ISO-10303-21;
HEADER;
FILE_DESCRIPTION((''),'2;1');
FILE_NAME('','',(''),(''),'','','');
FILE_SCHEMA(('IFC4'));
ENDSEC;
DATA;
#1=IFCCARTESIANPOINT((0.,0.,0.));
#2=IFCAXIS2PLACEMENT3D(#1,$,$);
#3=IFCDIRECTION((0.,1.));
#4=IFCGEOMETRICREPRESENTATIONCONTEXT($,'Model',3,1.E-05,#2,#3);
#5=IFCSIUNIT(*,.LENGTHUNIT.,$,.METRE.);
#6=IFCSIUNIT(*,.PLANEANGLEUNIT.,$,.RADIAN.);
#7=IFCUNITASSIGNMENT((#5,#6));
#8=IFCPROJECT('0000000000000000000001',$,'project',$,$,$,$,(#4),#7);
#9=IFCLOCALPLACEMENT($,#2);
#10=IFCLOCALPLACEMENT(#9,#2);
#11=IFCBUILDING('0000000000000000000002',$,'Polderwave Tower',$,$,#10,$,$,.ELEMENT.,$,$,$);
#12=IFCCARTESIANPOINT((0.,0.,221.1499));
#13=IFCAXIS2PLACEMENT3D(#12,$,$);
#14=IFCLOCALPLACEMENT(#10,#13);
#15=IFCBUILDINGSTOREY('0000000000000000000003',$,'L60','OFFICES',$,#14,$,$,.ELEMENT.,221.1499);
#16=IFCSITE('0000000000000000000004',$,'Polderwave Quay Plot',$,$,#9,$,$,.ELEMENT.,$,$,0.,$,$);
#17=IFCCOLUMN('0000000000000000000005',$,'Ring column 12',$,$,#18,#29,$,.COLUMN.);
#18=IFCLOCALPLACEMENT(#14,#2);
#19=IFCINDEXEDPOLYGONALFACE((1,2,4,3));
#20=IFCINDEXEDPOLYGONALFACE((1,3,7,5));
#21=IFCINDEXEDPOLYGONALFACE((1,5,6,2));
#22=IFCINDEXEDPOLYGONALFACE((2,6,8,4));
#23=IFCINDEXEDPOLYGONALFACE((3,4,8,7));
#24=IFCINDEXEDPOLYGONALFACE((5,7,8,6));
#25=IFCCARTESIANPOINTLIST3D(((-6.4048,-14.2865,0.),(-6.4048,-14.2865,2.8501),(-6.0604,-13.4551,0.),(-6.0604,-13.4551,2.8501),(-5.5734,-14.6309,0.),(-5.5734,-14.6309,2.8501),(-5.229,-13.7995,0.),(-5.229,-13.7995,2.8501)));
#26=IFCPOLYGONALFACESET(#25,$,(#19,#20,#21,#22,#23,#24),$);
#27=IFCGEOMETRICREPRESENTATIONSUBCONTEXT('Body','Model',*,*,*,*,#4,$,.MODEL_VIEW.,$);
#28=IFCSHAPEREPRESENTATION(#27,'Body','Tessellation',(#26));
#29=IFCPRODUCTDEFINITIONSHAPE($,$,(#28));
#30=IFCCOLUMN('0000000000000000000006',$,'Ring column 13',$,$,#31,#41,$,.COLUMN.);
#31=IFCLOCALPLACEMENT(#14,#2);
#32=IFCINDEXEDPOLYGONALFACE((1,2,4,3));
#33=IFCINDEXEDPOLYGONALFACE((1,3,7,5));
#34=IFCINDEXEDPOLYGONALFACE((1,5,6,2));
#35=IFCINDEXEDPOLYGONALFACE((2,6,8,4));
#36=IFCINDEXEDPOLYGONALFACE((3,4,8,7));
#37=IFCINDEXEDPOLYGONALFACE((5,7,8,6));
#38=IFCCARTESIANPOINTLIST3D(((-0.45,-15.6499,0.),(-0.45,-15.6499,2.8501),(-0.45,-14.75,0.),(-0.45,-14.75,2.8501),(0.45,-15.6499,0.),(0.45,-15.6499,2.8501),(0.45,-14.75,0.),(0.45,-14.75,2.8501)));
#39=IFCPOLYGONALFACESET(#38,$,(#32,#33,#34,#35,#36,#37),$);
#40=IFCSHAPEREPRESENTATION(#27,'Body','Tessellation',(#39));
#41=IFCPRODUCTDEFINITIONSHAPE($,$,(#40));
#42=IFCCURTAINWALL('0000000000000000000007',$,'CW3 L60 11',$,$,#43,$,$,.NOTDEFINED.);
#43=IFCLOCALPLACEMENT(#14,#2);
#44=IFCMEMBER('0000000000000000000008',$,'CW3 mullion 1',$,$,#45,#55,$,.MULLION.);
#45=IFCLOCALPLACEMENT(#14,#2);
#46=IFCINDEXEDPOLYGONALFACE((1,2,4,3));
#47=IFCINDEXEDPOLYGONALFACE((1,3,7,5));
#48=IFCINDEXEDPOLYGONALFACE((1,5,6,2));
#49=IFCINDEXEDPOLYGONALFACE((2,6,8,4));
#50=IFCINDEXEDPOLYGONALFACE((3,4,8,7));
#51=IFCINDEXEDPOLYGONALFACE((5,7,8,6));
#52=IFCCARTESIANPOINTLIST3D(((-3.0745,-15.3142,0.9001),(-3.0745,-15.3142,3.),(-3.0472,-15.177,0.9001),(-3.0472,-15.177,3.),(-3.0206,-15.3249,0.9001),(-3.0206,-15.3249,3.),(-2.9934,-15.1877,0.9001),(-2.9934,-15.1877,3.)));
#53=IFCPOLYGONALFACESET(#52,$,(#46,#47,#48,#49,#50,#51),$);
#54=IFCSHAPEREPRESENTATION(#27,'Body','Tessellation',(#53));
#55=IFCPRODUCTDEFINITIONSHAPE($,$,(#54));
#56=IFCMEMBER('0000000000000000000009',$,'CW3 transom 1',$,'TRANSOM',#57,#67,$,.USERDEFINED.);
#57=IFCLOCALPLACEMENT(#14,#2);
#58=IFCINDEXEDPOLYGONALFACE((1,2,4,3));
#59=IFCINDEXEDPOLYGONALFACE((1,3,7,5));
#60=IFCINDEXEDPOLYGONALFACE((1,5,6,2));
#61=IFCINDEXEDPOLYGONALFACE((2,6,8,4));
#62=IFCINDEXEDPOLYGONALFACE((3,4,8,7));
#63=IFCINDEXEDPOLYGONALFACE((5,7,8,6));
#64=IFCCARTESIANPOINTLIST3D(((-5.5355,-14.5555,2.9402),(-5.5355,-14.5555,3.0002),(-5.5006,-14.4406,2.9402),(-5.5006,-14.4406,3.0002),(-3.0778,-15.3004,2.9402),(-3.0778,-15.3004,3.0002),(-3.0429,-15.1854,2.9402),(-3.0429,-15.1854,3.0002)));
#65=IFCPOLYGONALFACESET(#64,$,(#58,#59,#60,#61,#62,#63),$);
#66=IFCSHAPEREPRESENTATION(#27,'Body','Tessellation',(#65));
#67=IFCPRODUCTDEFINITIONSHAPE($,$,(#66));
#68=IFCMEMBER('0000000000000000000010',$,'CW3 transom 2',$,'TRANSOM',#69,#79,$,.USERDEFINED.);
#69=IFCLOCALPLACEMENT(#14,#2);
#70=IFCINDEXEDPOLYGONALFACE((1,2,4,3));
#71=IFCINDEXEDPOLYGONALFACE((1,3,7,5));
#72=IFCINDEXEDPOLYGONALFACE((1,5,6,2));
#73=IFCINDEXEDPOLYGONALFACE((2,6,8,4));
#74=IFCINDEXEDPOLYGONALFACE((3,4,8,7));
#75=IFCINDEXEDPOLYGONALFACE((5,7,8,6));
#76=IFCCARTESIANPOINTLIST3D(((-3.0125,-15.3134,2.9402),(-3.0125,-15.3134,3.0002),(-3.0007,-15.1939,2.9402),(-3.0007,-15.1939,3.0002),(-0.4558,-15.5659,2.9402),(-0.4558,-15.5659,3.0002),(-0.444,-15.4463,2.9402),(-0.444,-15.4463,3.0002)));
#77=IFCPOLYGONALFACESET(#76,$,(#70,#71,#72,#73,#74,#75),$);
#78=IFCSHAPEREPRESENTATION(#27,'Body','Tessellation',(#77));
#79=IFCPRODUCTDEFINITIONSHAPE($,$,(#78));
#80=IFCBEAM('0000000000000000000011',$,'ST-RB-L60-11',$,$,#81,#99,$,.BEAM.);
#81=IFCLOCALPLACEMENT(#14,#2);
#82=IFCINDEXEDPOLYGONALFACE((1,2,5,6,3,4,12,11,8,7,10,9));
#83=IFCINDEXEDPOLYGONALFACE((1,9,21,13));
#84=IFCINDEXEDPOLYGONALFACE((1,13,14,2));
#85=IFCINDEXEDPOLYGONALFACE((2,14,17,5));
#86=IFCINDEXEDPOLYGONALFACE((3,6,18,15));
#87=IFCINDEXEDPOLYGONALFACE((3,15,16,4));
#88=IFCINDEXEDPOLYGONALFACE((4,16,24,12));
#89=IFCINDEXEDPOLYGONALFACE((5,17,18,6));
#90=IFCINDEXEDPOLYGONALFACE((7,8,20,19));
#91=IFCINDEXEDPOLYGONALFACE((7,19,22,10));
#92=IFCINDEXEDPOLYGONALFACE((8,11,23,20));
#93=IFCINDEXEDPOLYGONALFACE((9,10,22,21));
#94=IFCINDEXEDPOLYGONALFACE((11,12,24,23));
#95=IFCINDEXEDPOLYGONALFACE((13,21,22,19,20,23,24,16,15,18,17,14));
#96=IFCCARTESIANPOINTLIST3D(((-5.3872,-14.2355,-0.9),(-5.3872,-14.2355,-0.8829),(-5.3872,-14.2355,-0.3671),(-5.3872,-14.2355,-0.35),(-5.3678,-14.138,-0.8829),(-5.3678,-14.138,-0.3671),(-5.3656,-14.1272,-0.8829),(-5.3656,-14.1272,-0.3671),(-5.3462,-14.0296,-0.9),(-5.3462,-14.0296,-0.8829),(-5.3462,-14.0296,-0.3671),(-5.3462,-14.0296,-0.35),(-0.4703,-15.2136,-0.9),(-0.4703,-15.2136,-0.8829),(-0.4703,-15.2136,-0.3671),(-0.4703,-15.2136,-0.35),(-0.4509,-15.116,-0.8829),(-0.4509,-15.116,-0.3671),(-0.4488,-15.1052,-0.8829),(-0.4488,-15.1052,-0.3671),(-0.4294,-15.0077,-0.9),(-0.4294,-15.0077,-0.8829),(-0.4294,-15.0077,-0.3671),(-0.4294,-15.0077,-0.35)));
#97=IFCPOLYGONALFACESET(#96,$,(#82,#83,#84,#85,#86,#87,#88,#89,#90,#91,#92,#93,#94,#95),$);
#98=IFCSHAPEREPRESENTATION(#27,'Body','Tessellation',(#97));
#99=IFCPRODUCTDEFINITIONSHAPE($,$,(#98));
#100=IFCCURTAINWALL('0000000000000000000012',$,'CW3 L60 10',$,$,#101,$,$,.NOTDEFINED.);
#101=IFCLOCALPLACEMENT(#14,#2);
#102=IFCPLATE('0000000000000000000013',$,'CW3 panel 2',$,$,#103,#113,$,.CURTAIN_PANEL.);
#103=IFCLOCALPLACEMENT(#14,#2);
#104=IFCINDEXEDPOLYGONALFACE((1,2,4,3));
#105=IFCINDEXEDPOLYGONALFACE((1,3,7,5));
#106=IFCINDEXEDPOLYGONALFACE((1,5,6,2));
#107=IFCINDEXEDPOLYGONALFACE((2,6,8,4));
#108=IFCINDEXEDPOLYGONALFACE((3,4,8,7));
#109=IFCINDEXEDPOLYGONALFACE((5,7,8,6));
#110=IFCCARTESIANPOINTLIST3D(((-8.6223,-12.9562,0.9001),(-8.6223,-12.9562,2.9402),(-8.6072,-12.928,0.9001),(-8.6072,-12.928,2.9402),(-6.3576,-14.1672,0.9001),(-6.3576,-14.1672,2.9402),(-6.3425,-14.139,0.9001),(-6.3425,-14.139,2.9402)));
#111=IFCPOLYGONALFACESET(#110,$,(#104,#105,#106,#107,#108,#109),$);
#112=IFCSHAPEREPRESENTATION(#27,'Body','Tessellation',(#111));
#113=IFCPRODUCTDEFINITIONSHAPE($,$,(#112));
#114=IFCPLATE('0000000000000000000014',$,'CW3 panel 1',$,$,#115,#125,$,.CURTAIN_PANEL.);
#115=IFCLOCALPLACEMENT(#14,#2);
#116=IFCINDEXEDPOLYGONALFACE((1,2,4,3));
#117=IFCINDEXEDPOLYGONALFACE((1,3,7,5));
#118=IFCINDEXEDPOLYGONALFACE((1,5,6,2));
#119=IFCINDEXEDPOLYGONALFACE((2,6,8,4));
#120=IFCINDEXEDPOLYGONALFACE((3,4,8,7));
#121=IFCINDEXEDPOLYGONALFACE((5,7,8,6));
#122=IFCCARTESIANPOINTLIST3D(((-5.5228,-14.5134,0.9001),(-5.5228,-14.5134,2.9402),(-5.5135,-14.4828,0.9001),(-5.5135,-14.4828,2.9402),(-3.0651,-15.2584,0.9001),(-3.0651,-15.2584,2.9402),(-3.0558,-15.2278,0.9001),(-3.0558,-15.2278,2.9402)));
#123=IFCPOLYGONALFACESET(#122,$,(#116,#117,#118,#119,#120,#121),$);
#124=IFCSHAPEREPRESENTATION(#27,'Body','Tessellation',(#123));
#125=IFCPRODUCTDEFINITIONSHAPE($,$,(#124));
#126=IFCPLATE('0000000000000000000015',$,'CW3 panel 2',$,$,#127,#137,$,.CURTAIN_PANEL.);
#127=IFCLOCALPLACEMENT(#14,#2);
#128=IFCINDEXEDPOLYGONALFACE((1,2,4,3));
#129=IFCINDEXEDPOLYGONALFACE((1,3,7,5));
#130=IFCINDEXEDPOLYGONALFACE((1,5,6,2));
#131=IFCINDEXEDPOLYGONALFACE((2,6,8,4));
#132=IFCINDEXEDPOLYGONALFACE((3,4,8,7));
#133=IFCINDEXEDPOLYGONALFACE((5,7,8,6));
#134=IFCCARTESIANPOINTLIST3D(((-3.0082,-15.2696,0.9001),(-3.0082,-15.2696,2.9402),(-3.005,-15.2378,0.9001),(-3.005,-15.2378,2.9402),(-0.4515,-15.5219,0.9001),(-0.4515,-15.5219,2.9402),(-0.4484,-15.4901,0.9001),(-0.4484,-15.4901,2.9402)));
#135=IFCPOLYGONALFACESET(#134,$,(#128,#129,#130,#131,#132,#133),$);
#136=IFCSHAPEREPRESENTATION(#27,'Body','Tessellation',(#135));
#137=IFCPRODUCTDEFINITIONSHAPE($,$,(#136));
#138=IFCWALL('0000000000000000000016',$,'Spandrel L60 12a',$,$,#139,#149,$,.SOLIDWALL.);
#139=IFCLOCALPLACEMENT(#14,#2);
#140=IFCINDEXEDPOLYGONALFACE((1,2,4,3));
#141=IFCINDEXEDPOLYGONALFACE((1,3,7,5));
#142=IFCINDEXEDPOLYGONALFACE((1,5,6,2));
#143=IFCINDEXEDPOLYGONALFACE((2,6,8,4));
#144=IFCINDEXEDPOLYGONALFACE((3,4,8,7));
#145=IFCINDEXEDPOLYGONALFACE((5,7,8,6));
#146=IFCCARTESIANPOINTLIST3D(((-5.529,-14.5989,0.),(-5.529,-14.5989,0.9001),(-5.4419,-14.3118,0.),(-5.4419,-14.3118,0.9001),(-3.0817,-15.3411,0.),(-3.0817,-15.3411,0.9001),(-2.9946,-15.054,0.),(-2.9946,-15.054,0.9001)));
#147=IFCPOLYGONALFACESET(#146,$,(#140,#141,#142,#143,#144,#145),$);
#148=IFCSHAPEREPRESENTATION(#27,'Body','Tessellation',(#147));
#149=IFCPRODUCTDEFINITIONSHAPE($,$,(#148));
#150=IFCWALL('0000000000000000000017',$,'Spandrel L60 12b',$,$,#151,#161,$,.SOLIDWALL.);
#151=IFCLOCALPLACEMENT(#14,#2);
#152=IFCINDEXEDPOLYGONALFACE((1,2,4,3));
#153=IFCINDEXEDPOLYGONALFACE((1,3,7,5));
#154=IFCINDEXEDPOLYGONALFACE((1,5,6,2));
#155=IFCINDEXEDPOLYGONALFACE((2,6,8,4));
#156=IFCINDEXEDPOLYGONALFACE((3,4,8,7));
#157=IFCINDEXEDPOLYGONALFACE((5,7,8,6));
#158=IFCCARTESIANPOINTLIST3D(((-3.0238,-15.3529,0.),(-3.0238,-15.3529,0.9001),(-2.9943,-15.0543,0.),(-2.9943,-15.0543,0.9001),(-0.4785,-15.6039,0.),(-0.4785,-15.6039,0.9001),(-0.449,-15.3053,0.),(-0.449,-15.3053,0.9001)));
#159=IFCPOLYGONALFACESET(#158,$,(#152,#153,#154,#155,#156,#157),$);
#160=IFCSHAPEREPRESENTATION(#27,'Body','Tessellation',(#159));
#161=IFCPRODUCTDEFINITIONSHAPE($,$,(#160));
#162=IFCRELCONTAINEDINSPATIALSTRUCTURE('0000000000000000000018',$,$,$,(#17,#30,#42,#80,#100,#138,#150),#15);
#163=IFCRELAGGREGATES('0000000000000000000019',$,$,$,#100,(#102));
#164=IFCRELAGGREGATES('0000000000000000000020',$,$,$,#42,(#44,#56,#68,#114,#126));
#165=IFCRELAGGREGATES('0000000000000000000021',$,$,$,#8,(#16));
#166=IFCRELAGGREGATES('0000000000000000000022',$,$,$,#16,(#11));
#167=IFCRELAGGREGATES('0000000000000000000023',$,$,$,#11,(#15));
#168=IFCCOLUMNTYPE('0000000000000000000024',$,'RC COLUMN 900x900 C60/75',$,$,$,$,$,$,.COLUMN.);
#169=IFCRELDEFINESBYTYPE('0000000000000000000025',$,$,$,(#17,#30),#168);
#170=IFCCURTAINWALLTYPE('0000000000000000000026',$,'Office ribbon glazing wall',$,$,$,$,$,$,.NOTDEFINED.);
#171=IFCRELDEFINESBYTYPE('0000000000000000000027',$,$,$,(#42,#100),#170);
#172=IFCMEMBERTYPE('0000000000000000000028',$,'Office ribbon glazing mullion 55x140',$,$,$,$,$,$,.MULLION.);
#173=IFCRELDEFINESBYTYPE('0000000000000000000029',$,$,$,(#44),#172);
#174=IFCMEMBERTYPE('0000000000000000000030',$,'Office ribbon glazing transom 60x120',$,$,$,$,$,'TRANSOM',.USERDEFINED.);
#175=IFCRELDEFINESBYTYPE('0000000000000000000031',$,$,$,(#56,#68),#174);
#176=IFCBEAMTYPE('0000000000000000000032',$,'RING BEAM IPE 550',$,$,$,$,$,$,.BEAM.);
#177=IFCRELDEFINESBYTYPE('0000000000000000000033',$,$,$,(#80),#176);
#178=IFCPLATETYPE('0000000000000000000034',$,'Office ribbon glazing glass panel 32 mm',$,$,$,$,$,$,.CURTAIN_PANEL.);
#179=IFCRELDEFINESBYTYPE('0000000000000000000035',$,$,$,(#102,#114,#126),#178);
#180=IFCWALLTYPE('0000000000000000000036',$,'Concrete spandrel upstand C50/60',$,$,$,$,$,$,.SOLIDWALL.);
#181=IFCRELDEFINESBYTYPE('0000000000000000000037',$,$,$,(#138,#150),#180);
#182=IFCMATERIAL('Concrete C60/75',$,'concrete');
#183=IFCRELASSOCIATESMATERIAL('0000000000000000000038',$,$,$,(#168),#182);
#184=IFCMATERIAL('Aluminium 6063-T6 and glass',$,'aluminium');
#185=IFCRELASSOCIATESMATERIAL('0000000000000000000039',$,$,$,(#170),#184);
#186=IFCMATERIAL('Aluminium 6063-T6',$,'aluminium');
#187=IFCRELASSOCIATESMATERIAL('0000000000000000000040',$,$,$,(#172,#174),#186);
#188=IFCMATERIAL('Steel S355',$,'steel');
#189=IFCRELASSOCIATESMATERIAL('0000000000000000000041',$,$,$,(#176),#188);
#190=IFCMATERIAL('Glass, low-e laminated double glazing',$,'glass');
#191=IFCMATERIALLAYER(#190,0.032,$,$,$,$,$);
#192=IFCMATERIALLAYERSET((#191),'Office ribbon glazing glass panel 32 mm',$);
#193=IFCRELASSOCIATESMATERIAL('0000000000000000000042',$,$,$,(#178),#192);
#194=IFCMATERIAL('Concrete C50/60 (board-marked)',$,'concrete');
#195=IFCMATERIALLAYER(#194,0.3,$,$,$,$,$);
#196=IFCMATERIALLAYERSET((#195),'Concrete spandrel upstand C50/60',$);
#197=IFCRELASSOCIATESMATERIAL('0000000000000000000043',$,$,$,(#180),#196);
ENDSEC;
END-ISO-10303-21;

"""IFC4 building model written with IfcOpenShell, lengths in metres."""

from ifc_helpers import new_model, si_unit, direction, frame, frame_2d, origin, origin_2d, place, context, subcontext, project, spatial, rectangle, i_section, extrude, material, layer, layer_set, material_profile, profile_set, type_object, element, aggregate, save


model = new_model("IFC4")

# Units and contexts
model_context = context("Model", 3, precision=1e-05, world=origin(), true_north=direction((0.0, 1.0)))
body_context = subcontext(model_context, "Body", "Model", "MODEL_VIEW")
ifc_project = project(units=[si_unit("LENGTHUNIT", "METRE"), si_unit("PLANEANGLEUNIT", "RADIAN")], contexts=[model_context])

# Site, building, storey
site_placement = place(None, origin())
site = spatial("IfcSite", under=ifc_project, at=site_placement, Name="Polderwave Quay Plot", CompositionType="ELEMENT", RefElevation=0.0)
building_placement = place(site_placement, origin())
building = spatial("IfcBuilding", under=site, at=building_placement, Name="Polderwave Tower", CompositionType="ELEMENT")
storey_placement = place(building_placement, frame((0.0, 0.0, 221.1499)))
storey = spatial("IfcBuildingStorey", under=building, at=storey_placement, Name="L60", Description="OFFICES", CompositionType="ELEMENT", Elevation=221.1499)

# Columns
ifc_material_1 = material(Name="Concrete C60/75", Category="concrete")
ifc_material_profile_1 = material_profile(ifc_material_1, rectangle(XDim=0.8999, YDim=0.8999, at=origin_2d()), Name="RC 900x900")
ifc_profile_set_1 = profile_set([ifc_material_profile_1], Name="Concrete C60/75")
column_type = type_object("IfcColumnType", Name="RC COLUMN 900x900 C60/75", PredefinedType="COLUMN", material=ifc_profile_set_1)
for number, where, z_axis, x_axis, name in (
    (1, (-5.8169, -14.043, 0.0), (0.0, 0.0, 1.0), (-0.382683, -0.92388, 0.0), "Ring column 12"),
    (2, (0.0, -15.2, 0.0), (0.0, 0.0, 1.0), (0.0, -1.0, 0.0), "Ring column 13"),
):
    element("IfcColumn", number, at=place(storey_placement, frame(where, z_axis=z_axis, x_axis=x_axis)), inside=storey, type_object=column_type, Name=name, PredefinedType="COLUMN", context=body_context, shape_type="SweptSolid", body=[
        extrude(rectangle(XDim=0.8999, YDim=0.8999, at=origin_2d()), origin(), (0.0, 0.0, 1.0), 2.8501),
    ])

# Curtain wall, members
ifc_material_2 = material(Name="Aluminium 6063-T6 and glass", Category="aluminium")
curtain_wall_type = type_object("IfcCurtainWallType", Name="Office ribbon glazing wall", PredefinedType="NOTDEFINED", material=ifc_material_2)
curtain_wall_1_placement = place(storey_placement, origin())
curtain_wall_1 = element("IfcCurtainWall", 3, at=curtain_wall_1_placement, inside=storey, type_object=curtain_wall_type, Name="CW3 L60 11", PredefinedType="NOTDEFINED")
ifc_material_3 = material(Name="Aluminium 6063-T6", Category="aluminium")
ifc_material_profile_2 = material_profile(ifc_material_3, rectangle(XDim=0.1399, YDim=0.0549, at=origin_2d()), Name="AL 55x140")
ifc_profile_set_2 = profile_set([ifc_material_profile_2], Name="Aluminium 6063-T6")
member_type_1 = type_object("IfcMemberType", Name="Office ribbon glazing mullion 55x140", PredefinedType="MULLION", material=ifc_profile_set_2)
member_1_placement = place(storey_placement, frame((-3.0339, -15.251, 0.9001), z_axis=(0.0, 0.0, 1.0), x_axis=(0.195092, 0.980785, 0.0)))
member_1 = element("IfcMember", 4, at=member_1_placement, type_object=member_type_1, Name="CW3 mullion 1", PredefinedType="MULLION", context=body_context, shape_type="SweptSolid", body=[
    extrude(rectangle(XDim=0.1399, YDim=0.0549, at=origin_2d()), origin(), (0.0, 0.0, 1.0), 2.0999),
])
ifc_material_profile_3 = material_profile(ifc_material_3, rectangle(XDim=0.1201, YDim=0.0601, at=origin_2d()), Name="AL 60x120")
ifc_profile_set_3 = profile_set([ifc_material_profile_3], Name="Aluminium 6063-T6")
member_type_2 = type_object("IfcMemberType", Name="Office ribbon glazing transom 60x120", ElementType="TRANSOM", PredefinedType="USERDEFINED", material=ifc_profile_set_3)
member_2_placement = place(storey_placement, frame((-5.5181, -14.498, 2.9702), z_axis=(0.957014, -0.290042, 0.0), x_axis=(0.290042, 0.957014, 0.0)))
member_2 = element("IfcMember", 5, at=member_2_placement, type_object=member_type_2, Name="CW3 transom 1", ObjectType="TRANSOM", PredefinedType="USERDEFINED", context=body_context, shape_type="SweptSolid", body=[
    extrude(rectangle(XDim=0.1201, YDim=0.0601, at=origin_2d()), origin(), (0.0, 0.0, 1.0), 2.5681),
])
member_3_placement = place(storey_placement, frame((-3.0066, -15.2537, 2.9702), z_axis=(0.995161, -0.098262, 0.0), x_axis=(0.098262, 0.995161, 0.0)))
member_3 = element("IfcMember", 6, at=member_3_placement, type_object=member_type_2, Name="CW3 transom 2", ObjectType="TRANSOM", PredefinedType="USERDEFINED", context=body_context, shape_type="SweptSolid", body=[
    extrude(rectangle(XDim=0.1201, YDim=0.0601, at=origin_2d()), origin(), (0.0, 0.0, 1.0), 2.5691),
])

# Beam
ifc_material_4 = material(Name="Steel S355", Category="steel")
ifc_material_profile_4 = material_profile(ifc_material_4, i_section(OverallWidth=0.21, OverallDepth=0.55, WebThickness=0.011, FlangeThickness=0.0171, at=origin_2d()), Name="IPE 550")
ifc_profile_set_4 = profile_set([ifc_material_profile_4], Name="Steel S355")
beam_type = type_object("IfcBeamType", Name="RING BEAM IPE 550", PredefinedType="BEAM", material=ifc_profile_set_4)
beam_placement = place(storey_placement, frame((-5.3667, -14.1326, -0.625), z_axis=(0.980784, -0.195095, 0.0), x_axis=(0.195095, 0.980784, 0.0)))
element("IfcBeam", 7, at=beam_placement, inside=storey, type_object=beam_type, Name="ST-RB-L60-11", PredefinedType="BEAM", context=body_context, shape_type="SweptSolid", body=[
    extrude(i_section(OverallWidth=0.21, OverallDepth=0.55, WebThickness=0.011, FlangeThickness=0.0171, at=origin_2d()), origin(), (0.0, 0.0, 1.0), 5.0132),
])

# Curtain wall, plate
curtain_wall_2_placement = place(storey_placement, origin())
curtain_wall_2 = element("IfcCurtainWall", 8, at=curtain_wall_2_placement, inside=storey, type_object=curtain_wall_type, Name="CW3 L60 10", PredefinedType="NOTDEFINED")
ifc_material_5 = material(Name="Glass, low-e laminated double glazing", Category="glass")
ifc_layer_1 = layer(ifc_material_5, 0.032)
ifc_layer_set_1 = layer_set([ifc_layer_1], Name="Office ribbon glazing glass panel 32 mm")
plate_type = type_object("IfcPlateType", Name="Office ribbon glazing glass panel 32 mm", PredefinedType="CURTAIN_PANEL", material=ifc_layer_set_1)
plate_1_placement = place(storey_placement, frame((-7.4824, -13.5476, 0.9001), z_axis=(0.0, 0.0, 1.0), x_axis=(0.881841, -0.471548, 0.0)))
plate_1 = element("IfcPlate", 9, at=plate_1_placement, type_object=plate_type, Name="CW3 panel 2", PredefinedType="CURTAIN_PANEL", context=body_context, shape_type="SweptSolid", body=[
    extrude(rectangle(XDim=2.5681, YDim=0.032, at=origin_2d()), origin(), (0.0, 0.0, 1.0), 2.04),
])
aggregate(curtain_wall_2, [plate_1])

# Plates
plate_2_placement = place(storey_placement, frame((-4.2893, -14.8706, 0.9001), z_axis=(0.0, 0.0, 1.0), x_axis=(0.956995, -0.290104, 0.0)))
plate_2 = element("IfcPlate", 10, at=plate_2_placement, type_object=plate_type, Name="CW3 panel 1", PredefinedType="CURTAIN_PANEL", context=body_context, shape_type="SweptSolid", body=[
    extrude(rectangle(XDim=2.5681, YDim=0.032, at=origin_2d()), origin(), (0.0, 0.0, 1.0), 2.04),
])
plate_3_placement = place(storey_placement, frame((-1.7283, -15.3799, 0.9001), z_axis=(0.0, 0.0, 1.0), x_axis=(0.995166, -0.098206, 0.0)))
plate_3 = element("IfcPlate", 11, at=plate_3_placement, type_object=plate_type, Name="CW3 panel 2", PredefinedType="CURTAIN_PANEL", context=body_context, shape_type="SweptSolid", body=[
    extrude(rectangle(XDim=2.5691, YDim=0.032, at=origin_2d()), origin(), (0.0, 0.0, 1.0), 2.04),
])
aggregate(curtain_wall_1, [member_1, member_2, member_3, plate_2, plate_3])

# Walls
ifc_material_6 = material(Name="Concrete C50/60 (board-marked)", Category="concrete")
ifc_layer_2 = layer(ifc_material_6, 0.3)
ifc_layer_set_2 = layer_set([ifc_layer_2], Name="Concrete spandrel upstand C50/60")
wall_type_1 = type_object("IfcWallType", Name="Concrete spandrel upstand C50/60", PredefinedType="SOLIDWALL", material=ifc_layer_set_2)
wall_1_placement = place(storey_placement, frame((-5.4856, -14.4553, 0.0), z_axis=(0.0, 0.0, 1.0), x_axis=(0.95696, -0.290219, 0.0)))
element("IfcWall", 12, at=wall_1_placement, inside=storey, type_object=wall_type_1, Name="Spandrel L60 12a", PredefinedType="SOLIDWALL", context=body_context, shape_type="SweptSolid", body=[
    extrude(rectangle(XDim=2.5574, YDim=0.3, at=frame_2d((1.2788, 0.0))), origin(), (0.0, 0.0, 1.0), 0.9001),
])
wall_2_placement = place(storey_placement, frame((-3.009, -15.2036, 0.0), z_axis=(0.0, 0.0, 1.0), x_axis=(0.995173, -0.098133, 0.0)))
element("IfcWall", 13, at=wall_2_placement, inside=storey, type_object=wall_type_1, Name="Spandrel L60 12b", PredefinedType="SOLIDWALL", context=body_context, shape_type="SweptSolid", body=[
    extrude(rectangle(XDim=2.5576, YDim=0.3, at=frame_2d((1.2788, 0.0))), origin(), (0.0, 0.0, 1.0), 0.9001),
])

save(model, "model.ifc")
